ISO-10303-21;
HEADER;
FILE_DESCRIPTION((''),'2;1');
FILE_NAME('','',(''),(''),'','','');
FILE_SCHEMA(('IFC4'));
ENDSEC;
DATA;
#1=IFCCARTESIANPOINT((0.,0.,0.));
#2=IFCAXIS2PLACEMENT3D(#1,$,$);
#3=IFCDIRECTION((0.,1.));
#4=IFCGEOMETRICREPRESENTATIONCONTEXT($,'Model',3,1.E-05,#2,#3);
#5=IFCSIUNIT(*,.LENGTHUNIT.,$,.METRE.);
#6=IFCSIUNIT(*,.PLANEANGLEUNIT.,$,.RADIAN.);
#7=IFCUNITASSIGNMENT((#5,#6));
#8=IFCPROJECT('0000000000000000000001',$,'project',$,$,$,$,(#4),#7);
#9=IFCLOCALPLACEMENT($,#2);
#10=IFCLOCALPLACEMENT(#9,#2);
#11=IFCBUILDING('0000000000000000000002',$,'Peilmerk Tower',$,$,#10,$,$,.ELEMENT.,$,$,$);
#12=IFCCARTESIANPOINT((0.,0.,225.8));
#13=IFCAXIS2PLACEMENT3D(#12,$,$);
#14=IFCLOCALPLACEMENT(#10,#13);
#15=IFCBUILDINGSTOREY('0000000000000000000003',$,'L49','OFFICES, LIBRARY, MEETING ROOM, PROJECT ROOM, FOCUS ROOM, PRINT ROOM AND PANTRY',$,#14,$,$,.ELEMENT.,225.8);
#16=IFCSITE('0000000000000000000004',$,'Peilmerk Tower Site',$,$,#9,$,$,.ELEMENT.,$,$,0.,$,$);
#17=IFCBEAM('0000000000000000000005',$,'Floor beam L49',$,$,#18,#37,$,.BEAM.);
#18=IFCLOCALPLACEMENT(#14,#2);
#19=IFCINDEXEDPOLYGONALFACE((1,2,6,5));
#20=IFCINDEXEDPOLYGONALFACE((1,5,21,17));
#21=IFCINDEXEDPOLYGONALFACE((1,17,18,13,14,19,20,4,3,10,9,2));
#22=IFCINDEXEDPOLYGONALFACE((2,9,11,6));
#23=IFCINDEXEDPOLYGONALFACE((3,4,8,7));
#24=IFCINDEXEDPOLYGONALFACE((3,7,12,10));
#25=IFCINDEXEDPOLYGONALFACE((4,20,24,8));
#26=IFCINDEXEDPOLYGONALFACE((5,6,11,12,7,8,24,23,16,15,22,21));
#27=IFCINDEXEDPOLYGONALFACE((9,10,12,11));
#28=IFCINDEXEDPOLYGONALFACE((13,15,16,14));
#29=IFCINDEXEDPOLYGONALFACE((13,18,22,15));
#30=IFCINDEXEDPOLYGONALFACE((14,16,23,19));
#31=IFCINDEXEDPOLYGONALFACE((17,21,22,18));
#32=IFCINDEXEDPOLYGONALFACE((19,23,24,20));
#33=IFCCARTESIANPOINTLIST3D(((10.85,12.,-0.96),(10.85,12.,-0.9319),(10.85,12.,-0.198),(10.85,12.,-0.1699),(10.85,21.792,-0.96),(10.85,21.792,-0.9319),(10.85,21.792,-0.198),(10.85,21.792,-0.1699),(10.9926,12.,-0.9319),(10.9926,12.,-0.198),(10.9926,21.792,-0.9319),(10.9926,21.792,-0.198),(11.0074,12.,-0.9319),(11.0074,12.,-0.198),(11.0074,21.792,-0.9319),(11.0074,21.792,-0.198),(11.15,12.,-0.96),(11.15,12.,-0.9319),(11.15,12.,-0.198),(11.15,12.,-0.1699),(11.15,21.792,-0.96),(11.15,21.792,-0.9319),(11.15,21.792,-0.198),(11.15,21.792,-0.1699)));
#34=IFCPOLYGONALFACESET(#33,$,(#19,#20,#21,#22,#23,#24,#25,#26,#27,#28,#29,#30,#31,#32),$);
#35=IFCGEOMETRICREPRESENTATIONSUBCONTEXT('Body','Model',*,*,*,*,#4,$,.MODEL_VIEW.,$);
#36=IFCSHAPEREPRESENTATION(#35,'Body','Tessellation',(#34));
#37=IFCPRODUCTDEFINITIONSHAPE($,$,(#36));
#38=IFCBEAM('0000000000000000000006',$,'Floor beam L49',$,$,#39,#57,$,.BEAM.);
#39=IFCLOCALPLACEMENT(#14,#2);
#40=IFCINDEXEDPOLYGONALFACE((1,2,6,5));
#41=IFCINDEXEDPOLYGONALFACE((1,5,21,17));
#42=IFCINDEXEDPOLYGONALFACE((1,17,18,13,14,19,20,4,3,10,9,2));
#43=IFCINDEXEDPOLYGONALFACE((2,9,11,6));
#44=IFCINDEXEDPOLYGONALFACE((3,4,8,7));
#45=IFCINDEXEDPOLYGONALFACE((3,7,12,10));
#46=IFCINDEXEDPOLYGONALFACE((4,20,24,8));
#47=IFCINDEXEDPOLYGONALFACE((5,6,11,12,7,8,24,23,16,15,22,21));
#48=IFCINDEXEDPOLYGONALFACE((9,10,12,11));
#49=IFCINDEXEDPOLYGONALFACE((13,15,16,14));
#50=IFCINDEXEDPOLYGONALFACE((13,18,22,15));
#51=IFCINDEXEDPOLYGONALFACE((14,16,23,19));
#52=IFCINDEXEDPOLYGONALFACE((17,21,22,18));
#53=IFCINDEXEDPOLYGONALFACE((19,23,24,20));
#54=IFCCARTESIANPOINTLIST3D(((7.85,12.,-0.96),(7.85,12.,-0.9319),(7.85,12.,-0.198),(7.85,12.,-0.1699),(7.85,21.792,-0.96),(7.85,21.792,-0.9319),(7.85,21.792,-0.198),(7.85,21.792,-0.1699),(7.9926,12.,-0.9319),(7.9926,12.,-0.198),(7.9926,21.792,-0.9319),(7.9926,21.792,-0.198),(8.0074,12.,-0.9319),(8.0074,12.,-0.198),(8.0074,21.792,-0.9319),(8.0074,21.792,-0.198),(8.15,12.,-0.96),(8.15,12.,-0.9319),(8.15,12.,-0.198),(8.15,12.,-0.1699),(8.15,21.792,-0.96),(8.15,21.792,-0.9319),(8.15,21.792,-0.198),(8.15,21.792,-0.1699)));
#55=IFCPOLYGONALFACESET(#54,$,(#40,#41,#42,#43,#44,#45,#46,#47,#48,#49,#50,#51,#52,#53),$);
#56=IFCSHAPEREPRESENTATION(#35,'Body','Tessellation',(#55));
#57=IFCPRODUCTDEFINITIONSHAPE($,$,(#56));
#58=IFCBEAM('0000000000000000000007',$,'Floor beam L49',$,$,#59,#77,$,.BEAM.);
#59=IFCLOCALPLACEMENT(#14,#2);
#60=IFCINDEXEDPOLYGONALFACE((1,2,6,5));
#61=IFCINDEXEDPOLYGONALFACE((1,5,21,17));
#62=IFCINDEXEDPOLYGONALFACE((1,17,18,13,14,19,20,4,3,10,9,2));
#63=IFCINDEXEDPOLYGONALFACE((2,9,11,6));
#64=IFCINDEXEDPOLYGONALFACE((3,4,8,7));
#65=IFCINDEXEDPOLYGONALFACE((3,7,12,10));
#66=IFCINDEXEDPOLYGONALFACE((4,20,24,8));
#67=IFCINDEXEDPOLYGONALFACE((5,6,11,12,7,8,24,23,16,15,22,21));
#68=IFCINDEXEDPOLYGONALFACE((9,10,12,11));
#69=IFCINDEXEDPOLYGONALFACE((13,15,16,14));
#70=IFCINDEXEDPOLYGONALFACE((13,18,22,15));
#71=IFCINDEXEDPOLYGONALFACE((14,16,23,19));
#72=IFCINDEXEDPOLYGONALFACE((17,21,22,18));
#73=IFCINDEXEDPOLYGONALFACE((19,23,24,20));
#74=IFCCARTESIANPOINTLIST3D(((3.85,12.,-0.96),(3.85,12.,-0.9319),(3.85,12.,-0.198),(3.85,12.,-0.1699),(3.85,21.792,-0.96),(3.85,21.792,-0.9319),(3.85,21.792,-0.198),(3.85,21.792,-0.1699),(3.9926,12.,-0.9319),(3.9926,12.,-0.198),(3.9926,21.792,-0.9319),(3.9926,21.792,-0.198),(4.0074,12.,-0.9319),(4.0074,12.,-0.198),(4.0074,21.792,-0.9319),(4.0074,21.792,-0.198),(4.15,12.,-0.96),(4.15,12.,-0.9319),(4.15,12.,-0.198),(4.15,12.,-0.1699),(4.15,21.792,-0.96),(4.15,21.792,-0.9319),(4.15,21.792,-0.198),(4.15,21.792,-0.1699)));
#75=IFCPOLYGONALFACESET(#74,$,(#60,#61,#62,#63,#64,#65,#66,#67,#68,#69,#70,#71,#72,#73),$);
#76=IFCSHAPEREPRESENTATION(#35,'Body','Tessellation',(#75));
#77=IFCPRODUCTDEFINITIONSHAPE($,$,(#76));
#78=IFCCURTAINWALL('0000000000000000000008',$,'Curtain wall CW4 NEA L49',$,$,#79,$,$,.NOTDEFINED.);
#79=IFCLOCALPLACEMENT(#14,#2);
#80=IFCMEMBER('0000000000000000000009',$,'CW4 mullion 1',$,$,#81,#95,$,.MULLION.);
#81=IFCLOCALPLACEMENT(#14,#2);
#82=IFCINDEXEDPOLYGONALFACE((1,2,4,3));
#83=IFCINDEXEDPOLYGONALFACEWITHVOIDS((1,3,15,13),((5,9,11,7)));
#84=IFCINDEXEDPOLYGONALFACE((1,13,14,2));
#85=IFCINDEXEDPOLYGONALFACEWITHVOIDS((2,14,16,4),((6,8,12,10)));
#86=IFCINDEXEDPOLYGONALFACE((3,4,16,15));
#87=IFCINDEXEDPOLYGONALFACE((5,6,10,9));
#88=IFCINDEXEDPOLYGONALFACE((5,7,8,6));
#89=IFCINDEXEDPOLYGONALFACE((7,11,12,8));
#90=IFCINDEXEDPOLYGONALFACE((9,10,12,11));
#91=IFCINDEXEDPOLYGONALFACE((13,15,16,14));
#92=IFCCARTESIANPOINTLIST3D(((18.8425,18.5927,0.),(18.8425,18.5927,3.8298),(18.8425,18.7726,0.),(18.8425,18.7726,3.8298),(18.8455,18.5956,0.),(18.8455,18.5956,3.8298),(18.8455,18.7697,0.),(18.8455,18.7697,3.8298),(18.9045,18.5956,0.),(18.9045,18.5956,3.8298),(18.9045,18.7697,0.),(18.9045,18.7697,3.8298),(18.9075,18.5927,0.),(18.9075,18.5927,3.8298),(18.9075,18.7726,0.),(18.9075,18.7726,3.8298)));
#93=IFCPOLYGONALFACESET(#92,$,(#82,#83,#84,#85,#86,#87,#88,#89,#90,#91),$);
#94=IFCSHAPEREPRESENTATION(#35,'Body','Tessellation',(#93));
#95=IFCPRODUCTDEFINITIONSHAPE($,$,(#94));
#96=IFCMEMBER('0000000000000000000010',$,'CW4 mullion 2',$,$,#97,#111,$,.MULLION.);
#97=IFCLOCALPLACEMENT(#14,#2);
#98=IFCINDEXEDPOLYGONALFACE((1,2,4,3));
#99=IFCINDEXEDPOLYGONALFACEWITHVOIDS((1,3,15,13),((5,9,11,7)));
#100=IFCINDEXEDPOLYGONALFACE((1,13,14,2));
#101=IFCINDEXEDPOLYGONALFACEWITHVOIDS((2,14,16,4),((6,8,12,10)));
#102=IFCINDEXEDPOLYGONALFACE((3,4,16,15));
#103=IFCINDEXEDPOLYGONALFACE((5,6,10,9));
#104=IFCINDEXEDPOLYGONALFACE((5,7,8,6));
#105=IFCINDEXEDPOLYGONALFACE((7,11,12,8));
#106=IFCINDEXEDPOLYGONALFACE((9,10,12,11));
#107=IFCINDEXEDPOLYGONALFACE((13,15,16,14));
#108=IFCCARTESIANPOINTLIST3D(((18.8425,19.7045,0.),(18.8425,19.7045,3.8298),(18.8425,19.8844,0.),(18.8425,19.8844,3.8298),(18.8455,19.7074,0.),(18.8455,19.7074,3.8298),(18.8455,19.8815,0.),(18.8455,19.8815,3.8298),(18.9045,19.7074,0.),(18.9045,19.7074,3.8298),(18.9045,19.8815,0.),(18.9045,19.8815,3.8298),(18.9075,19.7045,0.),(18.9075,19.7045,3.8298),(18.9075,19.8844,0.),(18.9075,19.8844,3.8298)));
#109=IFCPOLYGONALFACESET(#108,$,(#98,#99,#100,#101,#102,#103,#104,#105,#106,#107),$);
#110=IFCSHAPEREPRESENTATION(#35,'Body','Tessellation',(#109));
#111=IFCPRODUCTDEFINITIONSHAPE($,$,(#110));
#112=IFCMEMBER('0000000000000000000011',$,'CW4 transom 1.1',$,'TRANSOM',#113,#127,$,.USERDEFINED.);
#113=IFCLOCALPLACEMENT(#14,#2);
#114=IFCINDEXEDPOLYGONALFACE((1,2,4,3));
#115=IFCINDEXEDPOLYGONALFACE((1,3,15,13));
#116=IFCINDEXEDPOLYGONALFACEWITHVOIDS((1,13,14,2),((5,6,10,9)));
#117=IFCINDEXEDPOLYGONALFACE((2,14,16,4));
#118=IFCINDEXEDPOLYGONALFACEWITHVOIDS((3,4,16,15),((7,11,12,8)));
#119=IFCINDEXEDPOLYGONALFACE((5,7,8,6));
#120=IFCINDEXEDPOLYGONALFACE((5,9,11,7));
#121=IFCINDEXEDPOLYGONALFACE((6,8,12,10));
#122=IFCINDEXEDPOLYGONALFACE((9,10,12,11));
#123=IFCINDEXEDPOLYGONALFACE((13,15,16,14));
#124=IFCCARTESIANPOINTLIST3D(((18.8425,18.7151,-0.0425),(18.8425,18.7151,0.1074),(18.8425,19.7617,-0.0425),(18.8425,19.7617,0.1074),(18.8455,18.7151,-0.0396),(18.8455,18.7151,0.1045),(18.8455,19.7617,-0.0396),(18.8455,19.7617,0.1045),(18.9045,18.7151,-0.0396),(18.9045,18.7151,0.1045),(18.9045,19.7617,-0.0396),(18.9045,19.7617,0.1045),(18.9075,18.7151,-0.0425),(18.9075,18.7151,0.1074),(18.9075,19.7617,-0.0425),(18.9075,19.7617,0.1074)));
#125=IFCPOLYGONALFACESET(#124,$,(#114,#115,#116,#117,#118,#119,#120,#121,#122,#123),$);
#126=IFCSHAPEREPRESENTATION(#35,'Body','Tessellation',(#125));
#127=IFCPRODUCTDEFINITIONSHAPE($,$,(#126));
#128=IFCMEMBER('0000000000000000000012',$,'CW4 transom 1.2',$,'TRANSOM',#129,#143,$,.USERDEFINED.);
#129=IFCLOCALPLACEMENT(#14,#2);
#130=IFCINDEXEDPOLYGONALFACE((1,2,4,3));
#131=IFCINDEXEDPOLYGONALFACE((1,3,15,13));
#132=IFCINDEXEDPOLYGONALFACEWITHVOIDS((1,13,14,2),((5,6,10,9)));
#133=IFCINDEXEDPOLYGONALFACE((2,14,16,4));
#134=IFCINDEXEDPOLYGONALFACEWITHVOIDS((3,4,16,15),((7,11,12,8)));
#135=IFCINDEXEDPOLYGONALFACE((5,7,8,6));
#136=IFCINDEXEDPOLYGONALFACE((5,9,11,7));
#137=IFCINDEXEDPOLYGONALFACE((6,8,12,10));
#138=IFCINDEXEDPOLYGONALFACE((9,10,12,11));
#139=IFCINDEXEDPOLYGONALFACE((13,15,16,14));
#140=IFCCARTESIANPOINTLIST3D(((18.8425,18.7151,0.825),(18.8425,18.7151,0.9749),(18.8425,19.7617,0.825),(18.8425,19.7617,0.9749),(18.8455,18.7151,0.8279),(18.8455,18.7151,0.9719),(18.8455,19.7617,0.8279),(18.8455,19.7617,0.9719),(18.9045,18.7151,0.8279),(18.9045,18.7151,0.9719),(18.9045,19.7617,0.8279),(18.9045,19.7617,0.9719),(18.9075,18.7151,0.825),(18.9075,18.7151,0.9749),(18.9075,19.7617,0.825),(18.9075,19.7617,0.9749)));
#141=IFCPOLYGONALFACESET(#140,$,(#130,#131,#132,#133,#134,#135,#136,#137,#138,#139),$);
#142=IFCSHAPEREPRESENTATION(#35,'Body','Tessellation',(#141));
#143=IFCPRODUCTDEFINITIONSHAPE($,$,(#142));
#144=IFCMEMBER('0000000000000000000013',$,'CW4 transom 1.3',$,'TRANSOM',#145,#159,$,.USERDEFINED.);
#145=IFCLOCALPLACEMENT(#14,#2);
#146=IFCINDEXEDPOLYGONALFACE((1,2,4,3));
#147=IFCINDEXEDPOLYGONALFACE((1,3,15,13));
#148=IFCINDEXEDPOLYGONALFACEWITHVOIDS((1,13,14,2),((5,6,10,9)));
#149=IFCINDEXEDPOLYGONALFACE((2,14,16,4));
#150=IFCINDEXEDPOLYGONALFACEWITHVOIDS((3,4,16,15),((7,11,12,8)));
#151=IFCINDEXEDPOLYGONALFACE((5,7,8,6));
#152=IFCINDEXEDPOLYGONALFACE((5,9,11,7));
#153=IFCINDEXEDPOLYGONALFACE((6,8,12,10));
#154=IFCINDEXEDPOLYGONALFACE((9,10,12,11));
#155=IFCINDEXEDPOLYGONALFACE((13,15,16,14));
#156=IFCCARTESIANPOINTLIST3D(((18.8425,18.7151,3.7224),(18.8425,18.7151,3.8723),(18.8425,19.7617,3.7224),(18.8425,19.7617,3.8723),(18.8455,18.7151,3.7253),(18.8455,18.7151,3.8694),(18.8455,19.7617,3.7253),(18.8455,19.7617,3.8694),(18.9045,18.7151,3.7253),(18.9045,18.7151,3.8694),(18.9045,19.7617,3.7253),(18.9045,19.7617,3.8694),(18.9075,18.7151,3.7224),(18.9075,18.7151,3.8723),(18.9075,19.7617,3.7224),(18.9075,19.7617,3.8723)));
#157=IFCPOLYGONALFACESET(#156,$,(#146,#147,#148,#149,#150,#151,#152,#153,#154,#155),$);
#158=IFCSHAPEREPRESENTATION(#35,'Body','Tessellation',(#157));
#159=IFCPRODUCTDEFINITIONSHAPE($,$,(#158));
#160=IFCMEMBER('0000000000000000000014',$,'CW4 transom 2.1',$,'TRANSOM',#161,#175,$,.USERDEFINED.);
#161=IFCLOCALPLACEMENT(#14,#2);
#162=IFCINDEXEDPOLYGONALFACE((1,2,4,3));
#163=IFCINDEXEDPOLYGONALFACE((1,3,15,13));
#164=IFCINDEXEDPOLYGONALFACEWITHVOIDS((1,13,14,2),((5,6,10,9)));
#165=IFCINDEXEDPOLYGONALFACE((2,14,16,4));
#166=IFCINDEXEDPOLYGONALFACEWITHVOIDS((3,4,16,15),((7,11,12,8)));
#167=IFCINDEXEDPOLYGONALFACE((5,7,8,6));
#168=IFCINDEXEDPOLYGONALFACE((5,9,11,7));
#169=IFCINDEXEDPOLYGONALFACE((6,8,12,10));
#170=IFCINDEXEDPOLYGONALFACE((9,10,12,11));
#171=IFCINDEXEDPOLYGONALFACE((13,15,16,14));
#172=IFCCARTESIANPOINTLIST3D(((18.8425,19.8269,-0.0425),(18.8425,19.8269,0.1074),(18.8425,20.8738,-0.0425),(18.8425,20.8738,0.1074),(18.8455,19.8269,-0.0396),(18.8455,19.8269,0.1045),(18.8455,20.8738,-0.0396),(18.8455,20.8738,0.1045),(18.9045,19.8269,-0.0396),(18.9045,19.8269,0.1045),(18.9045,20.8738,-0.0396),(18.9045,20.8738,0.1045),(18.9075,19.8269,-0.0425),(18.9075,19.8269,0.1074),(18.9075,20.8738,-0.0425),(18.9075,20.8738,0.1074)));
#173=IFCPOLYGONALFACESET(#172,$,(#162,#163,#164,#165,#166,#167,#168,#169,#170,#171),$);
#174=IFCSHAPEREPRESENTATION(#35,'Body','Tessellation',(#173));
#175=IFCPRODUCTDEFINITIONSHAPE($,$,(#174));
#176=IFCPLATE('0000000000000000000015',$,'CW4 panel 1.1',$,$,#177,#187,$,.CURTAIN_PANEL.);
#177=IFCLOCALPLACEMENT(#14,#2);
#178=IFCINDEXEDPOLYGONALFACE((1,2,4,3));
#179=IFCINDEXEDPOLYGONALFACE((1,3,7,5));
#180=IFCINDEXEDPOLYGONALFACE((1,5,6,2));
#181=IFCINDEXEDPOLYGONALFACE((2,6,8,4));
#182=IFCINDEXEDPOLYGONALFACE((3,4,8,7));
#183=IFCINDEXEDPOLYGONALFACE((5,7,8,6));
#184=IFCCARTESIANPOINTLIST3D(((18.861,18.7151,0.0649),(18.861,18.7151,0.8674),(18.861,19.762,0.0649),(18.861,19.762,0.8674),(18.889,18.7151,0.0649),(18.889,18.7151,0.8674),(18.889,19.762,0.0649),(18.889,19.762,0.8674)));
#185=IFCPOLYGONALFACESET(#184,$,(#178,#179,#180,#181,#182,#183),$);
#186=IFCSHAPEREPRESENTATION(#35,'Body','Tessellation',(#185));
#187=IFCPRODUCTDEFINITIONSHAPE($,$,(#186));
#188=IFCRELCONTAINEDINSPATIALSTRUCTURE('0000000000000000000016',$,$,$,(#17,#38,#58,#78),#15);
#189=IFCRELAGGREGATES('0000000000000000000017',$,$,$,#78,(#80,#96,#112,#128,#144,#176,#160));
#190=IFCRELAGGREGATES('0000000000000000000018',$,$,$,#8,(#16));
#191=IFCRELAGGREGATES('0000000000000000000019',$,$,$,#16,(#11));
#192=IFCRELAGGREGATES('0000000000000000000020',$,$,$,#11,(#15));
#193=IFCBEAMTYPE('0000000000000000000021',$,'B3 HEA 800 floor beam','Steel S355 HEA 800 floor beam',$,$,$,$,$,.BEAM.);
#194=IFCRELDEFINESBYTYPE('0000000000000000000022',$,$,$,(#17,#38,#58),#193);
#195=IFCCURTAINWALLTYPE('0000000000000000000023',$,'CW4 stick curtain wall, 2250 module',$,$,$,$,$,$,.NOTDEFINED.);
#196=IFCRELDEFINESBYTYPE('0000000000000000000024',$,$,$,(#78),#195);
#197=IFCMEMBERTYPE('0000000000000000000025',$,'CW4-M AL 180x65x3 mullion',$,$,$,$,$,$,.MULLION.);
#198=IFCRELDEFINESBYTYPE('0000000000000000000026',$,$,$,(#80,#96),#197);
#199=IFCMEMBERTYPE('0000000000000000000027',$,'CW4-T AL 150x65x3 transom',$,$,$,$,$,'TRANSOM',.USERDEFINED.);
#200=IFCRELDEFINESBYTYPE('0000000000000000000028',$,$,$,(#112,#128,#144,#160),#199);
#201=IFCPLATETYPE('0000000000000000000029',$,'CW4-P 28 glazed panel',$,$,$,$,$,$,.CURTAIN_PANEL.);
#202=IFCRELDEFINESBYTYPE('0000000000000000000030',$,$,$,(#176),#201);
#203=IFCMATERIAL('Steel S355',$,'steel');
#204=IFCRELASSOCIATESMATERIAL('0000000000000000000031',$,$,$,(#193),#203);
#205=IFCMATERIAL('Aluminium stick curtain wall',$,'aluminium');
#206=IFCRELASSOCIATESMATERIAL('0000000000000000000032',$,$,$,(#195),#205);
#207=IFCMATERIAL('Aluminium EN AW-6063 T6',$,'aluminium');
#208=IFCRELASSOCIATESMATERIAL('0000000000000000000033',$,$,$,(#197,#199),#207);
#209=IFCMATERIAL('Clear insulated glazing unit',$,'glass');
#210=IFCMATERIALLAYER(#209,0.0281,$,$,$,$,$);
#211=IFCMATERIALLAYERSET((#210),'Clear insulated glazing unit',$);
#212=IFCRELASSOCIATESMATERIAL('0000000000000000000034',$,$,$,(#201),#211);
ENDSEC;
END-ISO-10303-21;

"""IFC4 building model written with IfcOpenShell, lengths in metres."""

from ifc_helpers import new_model, si_unit, direction, frame, origin, origin_2d, place, context, subcontext, project, spatial, rectangle, hollow_rectangle, i_section, extrude, material, layer, layer_set, material_profile, profile_set, type_object, element, aggregate, save


model = new_model("IFC4")

# Units and contexts
model_context = context("Model", 3, precision=1e-05, world=origin(), true_north=direction((0.0, 1.0)))
body_context = subcontext(model_context, "Body", "Model", "MODEL_VIEW")
ifc_project = project(units=[si_unit("LENGTHUNIT", "METRE"), si_unit("PLANEANGLEUNIT", "RADIAN")], contexts=[model_context])

# Site, building, storey
site_placement = place(None, origin())
site = spatial("IfcSite", under=ifc_project, at=site_placement, Name="Peilmerk Tower Site", CompositionType="ELEMENT", RefElevation=0.0)
building_placement = place(site_placement, origin())
building = spatial("IfcBuilding", under=site, at=building_placement, Name="Peilmerk Tower", CompositionType="ELEMENT")
storey_placement = place(building_placement, frame((0.0, 0.0, 225.8)))
storey = spatial("IfcBuildingStorey", under=building, at=storey_placement, Name="L49", Description="OFFICES, LIBRARY, MEETING ROOM, PROJECT ROOM, FOCUS ROOM, PRINT ROOM AND PANTRY", CompositionType="ELEMENT", Elevation=225.8)

# Beams
ifc_material_1 = material(Name="Steel S355", Category="steel")
ifc_material_profile_1 = material_profile(ifc_material_1, i_section(OverallWidth=0.3, OverallDepth=0.79, WebThickness=0.0149, FlangeThickness=0.0281, at=origin_2d()), Name="HEA 800")
ifc_profile_set_1 = profile_set([ifc_material_profile_1], Name="Steel S355")
beam_type_1 = type_object("IfcBeamType", Name="B3 HEA 800 floor beam", Description="Steel S355 HEA 800 floor beam", PredefinedType="BEAM", material=ifc_profile_set_1)
for number, where, z_axis, x_axis, name in (
    (1, (11.0, 12.0, -0.5649), (0.0, 1.0, 0.0), (-1.0, 0.0, 0.0), "Floor beam L49"),
    (2, (8.0, 12.0, -0.5649), (0.0, 1.0, 0.0), (-1.0, 0.0, 0.0), "Floor beam L49"),
    (3, (4.0, 12.0, -0.5649), (0.0, 1.0, 0.0), (-1.0, 0.0, 0.0), "Floor beam L49"),
):
    element("IfcBeam", number, at=place(storey_placement, frame(where, z_axis=z_axis, x_axis=x_axis)), inside=storey, type_object=beam_type_1, Name=name, PredefinedType="BEAM", context=body_context, shape_type="SweptSolid", body=[
        extrude(i_section(OverallWidth=0.3, OverallDepth=0.79, WebThickness=0.0149, FlangeThickness=0.0281, at=origin_2d()), origin(), (0.0, 0.0, 1.0), 9.792),
    ])

# Curtain wall, members, plate
ifc_material_2 = material(Name="Aluminium stick curtain wall", Category="aluminium")
curtain_wall_type = type_object("IfcCurtainWallType", Name="CW4 stick curtain wall, 2250 module", PredefinedType="NOTDEFINED", material=ifc_material_2)
curtain_wall_placement = place(storey_placement, origin())
curtain_wall = element("IfcCurtainWall", 4, at=curtain_wall_placement, inside=storey, type_object=curtain_wall_type, Name="Curtain wall CW4 NEA L49", PredefinedType="NOTDEFINED")
ifc_material_3 = material(Name="Aluminium EN AW-6063 T6", Category="aluminium")
ifc_material_profile_2 = material_profile(ifc_material_3, hollow_rectangle(XDim=0.0649, YDim=0.1799, WallThickness=0.0029, at=origin_2d()), Name="AL 180x65x3")
ifc_profile_set_2 = profile_set([ifc_material_profile_2], Name="Aluminium EN AW-6063 T6")
member_type_1 = type_object("IfcMemberType", Name="CW4-M AL 180x65x3 mullion", PredefinedType="MULLION", material=ifc_profile_set_2)
member_1_placement = place(storey_placement, frame((18.875, 18.6826, 0.0), z_axis=(0.0, 0.0, 1.0), x_axis=(-1.0, 0.0, 0.0)))
member_1 = element("IfcMember", 5, at=member_1_placement, type_object=member_type_1, Name="CW4 mullion 1", PredefinedType="MULLION", context=body_context, shape_type="SweptSolid", body=[
    extrude(hollow_rectangle(XDim=0.0649, YDim=0.1799, WallThickness=0.0029, at=origin_2d()), origin(), (0.0, 0.0, 1.0), 3.8298),
])
member_2_placement = place(storey_placement, frame((18.875, 19.7944, 0.0), z_axis=(0.0, 0.0, 1.0), x_axis=(-1.0, 0.0, 0.0)))
member_2 = element("IfcMember", 6, at=member_2_placement, type_object=member_type_1, Name="CW4 mullion 2", PredefinedType="MULLION", context=body_context, shape_type="SweptSolid", body=[
    extrude(hollow_rectangle(XDim=0.0649, YDim=0.1799, WallThickness=0.0029, at=origin_2d()), origin(), (0.0, 0.0, 1.0), 3.8298),
])
ifc_material_profile_3 = material_profile(ifc_material_3, hollow_rectangle(XDim=0.0649, YDim=0.1499, WallThickness=0.0029, at=origin_2d()), Name="AL 150x65x3")
ifc_profile_set_3 = profile_set([ifc_material_profile_3], Name="Aluminium EN AW-6063 T6")
member_type_2 = type_object("IfcMemberType", Name="CW4-T AL 150x65x3 transom", ElementType="TRANSOM", PredefinedType="USERDEFINED", material=ifc_profile_set_3)
member_3_placement = place(storey_placement, frame((18.875, 18.7151, 0.0325), z_axis=(0.0, 1.0, 0.0), x_axis=(-1.0, 0.0, 0.0)))
member_3 = element("IfcMember", 7, at=member_3_placement, type_object=member_type_2, Name="CW4 transom 1.1", ObjectType="TRANSOM", PredefinedType="USERDEFINED", context=body_context, shape_type="SweptSolid", body=[
    extrude(hollow_rectangle(XDim=0.0649, YDim=0.1499, WallThickness=0.0029, at=origin_2d()), origin(), (0.0, 0.0, 1.0), 1.0466),
])
member_4_placement = place(storey_placement, frame((18.875, 18.7151, 0.8999), z_axis=(0.0, 1.0, 0.0), x_axis=(-1.0, 0.0, 0.0)))
member_4 = element("IfcMember", 8, at=member_4_placement, type_object=member_type_2, Name="CW4 transom 1.2", ObjectType="TRANSOM", PredefinedType="USERDEFINED", context=body_context, shape_type="SweptSolid", body=[
    extrude(hollow_rectangle(XDim=0.0649, YDim=0.1499, WallThickness=0.0029, at=origin_2d()), origin(), (0.0, 0.0, 1.0), 1.0466),
])
member_5_placement = place(storey_placement, frame((18.875, 18.7151, 3.7974), z_axis=(0.0, 1.0, 0.0), x_axis=(-1.0, 0.0, 0.0)))
member_5 = element("IfcMember", 9, at=member_5_placement, type_object=member_type_2, Name="CW4 transom 1.3", ObjectType="TRANSOM", PredefinedType="USERDEFINED", context=body_context, shape_type="SweptSolid", body=[
    extrude(hollow_rectangle(XDim=0.0649, YDim=0.1499, WallThickness=0.0029, at=origin_2d()), origin(), (0.0, 0.0, 1.0), 1.0466),
])
member_6_placement = place(storey_placement, frame((18.875, 19.8269, 0.0325), z_axis=(0.0, 1.0, 0.0), x_axis=(-1.0, 0.0, 0.0)))
member_6 = element("IfcMember", 10, at=member_6_placement, type_object=member_type_2, Name="CW4 transom 2.1", ObjectType="TRANSOM", PredefinedType="USERDEFINED", context=body_context, shape_type="SweptSolid", body=[
    extrude(hollow_rectangle(XDim=0.0649, YDim=0.1499, WallThickness=0.0029, at=origin_2d()), origin(), (0.0, 0.0, 1.0), 1.0469),
])
ifc_material_4 = material(Name="Clear insulated glazing unit", Category="glass")
ifc_layer_1 = layer(ifc_material_4, 0.0281)
ifc_layer_set_1 = layer_set([ifc_layer_1], Name="Clear insulated glazing unit")
plate_type = type_object("IfcPlateType", Name="CW4-P 28 glazed panel", PredefinedType="CURTAIN_PANEL", material=ifc_layer_set_1)
plate_1_placement = place(storey_placement, frame((18.875, 19.2385, 0.0649), z_axis=(0.0, 0.0, 1.0), x_axis=(0.0, 1.0, 0.0)))
plate_1 = element("IfcPlate", 11, at=plate_1_placement, type_object=plate_type, Name="CW4 panel 1.1", PredefinedType="CURTAIN_PANEL", context=body_context, shape_type="SweptSolid", body=[
    extrude(rectangle(XDim=1.0469, YDim=0.0281, at=origin_2d()), origin(), (0.0, 0.0, 1.0), 0.8025),
])
aggregate(curtain_wall, [member_1, member_2, member_3, member_4, member_5, plate_1, member_6])

save(model, "model.ifc")
